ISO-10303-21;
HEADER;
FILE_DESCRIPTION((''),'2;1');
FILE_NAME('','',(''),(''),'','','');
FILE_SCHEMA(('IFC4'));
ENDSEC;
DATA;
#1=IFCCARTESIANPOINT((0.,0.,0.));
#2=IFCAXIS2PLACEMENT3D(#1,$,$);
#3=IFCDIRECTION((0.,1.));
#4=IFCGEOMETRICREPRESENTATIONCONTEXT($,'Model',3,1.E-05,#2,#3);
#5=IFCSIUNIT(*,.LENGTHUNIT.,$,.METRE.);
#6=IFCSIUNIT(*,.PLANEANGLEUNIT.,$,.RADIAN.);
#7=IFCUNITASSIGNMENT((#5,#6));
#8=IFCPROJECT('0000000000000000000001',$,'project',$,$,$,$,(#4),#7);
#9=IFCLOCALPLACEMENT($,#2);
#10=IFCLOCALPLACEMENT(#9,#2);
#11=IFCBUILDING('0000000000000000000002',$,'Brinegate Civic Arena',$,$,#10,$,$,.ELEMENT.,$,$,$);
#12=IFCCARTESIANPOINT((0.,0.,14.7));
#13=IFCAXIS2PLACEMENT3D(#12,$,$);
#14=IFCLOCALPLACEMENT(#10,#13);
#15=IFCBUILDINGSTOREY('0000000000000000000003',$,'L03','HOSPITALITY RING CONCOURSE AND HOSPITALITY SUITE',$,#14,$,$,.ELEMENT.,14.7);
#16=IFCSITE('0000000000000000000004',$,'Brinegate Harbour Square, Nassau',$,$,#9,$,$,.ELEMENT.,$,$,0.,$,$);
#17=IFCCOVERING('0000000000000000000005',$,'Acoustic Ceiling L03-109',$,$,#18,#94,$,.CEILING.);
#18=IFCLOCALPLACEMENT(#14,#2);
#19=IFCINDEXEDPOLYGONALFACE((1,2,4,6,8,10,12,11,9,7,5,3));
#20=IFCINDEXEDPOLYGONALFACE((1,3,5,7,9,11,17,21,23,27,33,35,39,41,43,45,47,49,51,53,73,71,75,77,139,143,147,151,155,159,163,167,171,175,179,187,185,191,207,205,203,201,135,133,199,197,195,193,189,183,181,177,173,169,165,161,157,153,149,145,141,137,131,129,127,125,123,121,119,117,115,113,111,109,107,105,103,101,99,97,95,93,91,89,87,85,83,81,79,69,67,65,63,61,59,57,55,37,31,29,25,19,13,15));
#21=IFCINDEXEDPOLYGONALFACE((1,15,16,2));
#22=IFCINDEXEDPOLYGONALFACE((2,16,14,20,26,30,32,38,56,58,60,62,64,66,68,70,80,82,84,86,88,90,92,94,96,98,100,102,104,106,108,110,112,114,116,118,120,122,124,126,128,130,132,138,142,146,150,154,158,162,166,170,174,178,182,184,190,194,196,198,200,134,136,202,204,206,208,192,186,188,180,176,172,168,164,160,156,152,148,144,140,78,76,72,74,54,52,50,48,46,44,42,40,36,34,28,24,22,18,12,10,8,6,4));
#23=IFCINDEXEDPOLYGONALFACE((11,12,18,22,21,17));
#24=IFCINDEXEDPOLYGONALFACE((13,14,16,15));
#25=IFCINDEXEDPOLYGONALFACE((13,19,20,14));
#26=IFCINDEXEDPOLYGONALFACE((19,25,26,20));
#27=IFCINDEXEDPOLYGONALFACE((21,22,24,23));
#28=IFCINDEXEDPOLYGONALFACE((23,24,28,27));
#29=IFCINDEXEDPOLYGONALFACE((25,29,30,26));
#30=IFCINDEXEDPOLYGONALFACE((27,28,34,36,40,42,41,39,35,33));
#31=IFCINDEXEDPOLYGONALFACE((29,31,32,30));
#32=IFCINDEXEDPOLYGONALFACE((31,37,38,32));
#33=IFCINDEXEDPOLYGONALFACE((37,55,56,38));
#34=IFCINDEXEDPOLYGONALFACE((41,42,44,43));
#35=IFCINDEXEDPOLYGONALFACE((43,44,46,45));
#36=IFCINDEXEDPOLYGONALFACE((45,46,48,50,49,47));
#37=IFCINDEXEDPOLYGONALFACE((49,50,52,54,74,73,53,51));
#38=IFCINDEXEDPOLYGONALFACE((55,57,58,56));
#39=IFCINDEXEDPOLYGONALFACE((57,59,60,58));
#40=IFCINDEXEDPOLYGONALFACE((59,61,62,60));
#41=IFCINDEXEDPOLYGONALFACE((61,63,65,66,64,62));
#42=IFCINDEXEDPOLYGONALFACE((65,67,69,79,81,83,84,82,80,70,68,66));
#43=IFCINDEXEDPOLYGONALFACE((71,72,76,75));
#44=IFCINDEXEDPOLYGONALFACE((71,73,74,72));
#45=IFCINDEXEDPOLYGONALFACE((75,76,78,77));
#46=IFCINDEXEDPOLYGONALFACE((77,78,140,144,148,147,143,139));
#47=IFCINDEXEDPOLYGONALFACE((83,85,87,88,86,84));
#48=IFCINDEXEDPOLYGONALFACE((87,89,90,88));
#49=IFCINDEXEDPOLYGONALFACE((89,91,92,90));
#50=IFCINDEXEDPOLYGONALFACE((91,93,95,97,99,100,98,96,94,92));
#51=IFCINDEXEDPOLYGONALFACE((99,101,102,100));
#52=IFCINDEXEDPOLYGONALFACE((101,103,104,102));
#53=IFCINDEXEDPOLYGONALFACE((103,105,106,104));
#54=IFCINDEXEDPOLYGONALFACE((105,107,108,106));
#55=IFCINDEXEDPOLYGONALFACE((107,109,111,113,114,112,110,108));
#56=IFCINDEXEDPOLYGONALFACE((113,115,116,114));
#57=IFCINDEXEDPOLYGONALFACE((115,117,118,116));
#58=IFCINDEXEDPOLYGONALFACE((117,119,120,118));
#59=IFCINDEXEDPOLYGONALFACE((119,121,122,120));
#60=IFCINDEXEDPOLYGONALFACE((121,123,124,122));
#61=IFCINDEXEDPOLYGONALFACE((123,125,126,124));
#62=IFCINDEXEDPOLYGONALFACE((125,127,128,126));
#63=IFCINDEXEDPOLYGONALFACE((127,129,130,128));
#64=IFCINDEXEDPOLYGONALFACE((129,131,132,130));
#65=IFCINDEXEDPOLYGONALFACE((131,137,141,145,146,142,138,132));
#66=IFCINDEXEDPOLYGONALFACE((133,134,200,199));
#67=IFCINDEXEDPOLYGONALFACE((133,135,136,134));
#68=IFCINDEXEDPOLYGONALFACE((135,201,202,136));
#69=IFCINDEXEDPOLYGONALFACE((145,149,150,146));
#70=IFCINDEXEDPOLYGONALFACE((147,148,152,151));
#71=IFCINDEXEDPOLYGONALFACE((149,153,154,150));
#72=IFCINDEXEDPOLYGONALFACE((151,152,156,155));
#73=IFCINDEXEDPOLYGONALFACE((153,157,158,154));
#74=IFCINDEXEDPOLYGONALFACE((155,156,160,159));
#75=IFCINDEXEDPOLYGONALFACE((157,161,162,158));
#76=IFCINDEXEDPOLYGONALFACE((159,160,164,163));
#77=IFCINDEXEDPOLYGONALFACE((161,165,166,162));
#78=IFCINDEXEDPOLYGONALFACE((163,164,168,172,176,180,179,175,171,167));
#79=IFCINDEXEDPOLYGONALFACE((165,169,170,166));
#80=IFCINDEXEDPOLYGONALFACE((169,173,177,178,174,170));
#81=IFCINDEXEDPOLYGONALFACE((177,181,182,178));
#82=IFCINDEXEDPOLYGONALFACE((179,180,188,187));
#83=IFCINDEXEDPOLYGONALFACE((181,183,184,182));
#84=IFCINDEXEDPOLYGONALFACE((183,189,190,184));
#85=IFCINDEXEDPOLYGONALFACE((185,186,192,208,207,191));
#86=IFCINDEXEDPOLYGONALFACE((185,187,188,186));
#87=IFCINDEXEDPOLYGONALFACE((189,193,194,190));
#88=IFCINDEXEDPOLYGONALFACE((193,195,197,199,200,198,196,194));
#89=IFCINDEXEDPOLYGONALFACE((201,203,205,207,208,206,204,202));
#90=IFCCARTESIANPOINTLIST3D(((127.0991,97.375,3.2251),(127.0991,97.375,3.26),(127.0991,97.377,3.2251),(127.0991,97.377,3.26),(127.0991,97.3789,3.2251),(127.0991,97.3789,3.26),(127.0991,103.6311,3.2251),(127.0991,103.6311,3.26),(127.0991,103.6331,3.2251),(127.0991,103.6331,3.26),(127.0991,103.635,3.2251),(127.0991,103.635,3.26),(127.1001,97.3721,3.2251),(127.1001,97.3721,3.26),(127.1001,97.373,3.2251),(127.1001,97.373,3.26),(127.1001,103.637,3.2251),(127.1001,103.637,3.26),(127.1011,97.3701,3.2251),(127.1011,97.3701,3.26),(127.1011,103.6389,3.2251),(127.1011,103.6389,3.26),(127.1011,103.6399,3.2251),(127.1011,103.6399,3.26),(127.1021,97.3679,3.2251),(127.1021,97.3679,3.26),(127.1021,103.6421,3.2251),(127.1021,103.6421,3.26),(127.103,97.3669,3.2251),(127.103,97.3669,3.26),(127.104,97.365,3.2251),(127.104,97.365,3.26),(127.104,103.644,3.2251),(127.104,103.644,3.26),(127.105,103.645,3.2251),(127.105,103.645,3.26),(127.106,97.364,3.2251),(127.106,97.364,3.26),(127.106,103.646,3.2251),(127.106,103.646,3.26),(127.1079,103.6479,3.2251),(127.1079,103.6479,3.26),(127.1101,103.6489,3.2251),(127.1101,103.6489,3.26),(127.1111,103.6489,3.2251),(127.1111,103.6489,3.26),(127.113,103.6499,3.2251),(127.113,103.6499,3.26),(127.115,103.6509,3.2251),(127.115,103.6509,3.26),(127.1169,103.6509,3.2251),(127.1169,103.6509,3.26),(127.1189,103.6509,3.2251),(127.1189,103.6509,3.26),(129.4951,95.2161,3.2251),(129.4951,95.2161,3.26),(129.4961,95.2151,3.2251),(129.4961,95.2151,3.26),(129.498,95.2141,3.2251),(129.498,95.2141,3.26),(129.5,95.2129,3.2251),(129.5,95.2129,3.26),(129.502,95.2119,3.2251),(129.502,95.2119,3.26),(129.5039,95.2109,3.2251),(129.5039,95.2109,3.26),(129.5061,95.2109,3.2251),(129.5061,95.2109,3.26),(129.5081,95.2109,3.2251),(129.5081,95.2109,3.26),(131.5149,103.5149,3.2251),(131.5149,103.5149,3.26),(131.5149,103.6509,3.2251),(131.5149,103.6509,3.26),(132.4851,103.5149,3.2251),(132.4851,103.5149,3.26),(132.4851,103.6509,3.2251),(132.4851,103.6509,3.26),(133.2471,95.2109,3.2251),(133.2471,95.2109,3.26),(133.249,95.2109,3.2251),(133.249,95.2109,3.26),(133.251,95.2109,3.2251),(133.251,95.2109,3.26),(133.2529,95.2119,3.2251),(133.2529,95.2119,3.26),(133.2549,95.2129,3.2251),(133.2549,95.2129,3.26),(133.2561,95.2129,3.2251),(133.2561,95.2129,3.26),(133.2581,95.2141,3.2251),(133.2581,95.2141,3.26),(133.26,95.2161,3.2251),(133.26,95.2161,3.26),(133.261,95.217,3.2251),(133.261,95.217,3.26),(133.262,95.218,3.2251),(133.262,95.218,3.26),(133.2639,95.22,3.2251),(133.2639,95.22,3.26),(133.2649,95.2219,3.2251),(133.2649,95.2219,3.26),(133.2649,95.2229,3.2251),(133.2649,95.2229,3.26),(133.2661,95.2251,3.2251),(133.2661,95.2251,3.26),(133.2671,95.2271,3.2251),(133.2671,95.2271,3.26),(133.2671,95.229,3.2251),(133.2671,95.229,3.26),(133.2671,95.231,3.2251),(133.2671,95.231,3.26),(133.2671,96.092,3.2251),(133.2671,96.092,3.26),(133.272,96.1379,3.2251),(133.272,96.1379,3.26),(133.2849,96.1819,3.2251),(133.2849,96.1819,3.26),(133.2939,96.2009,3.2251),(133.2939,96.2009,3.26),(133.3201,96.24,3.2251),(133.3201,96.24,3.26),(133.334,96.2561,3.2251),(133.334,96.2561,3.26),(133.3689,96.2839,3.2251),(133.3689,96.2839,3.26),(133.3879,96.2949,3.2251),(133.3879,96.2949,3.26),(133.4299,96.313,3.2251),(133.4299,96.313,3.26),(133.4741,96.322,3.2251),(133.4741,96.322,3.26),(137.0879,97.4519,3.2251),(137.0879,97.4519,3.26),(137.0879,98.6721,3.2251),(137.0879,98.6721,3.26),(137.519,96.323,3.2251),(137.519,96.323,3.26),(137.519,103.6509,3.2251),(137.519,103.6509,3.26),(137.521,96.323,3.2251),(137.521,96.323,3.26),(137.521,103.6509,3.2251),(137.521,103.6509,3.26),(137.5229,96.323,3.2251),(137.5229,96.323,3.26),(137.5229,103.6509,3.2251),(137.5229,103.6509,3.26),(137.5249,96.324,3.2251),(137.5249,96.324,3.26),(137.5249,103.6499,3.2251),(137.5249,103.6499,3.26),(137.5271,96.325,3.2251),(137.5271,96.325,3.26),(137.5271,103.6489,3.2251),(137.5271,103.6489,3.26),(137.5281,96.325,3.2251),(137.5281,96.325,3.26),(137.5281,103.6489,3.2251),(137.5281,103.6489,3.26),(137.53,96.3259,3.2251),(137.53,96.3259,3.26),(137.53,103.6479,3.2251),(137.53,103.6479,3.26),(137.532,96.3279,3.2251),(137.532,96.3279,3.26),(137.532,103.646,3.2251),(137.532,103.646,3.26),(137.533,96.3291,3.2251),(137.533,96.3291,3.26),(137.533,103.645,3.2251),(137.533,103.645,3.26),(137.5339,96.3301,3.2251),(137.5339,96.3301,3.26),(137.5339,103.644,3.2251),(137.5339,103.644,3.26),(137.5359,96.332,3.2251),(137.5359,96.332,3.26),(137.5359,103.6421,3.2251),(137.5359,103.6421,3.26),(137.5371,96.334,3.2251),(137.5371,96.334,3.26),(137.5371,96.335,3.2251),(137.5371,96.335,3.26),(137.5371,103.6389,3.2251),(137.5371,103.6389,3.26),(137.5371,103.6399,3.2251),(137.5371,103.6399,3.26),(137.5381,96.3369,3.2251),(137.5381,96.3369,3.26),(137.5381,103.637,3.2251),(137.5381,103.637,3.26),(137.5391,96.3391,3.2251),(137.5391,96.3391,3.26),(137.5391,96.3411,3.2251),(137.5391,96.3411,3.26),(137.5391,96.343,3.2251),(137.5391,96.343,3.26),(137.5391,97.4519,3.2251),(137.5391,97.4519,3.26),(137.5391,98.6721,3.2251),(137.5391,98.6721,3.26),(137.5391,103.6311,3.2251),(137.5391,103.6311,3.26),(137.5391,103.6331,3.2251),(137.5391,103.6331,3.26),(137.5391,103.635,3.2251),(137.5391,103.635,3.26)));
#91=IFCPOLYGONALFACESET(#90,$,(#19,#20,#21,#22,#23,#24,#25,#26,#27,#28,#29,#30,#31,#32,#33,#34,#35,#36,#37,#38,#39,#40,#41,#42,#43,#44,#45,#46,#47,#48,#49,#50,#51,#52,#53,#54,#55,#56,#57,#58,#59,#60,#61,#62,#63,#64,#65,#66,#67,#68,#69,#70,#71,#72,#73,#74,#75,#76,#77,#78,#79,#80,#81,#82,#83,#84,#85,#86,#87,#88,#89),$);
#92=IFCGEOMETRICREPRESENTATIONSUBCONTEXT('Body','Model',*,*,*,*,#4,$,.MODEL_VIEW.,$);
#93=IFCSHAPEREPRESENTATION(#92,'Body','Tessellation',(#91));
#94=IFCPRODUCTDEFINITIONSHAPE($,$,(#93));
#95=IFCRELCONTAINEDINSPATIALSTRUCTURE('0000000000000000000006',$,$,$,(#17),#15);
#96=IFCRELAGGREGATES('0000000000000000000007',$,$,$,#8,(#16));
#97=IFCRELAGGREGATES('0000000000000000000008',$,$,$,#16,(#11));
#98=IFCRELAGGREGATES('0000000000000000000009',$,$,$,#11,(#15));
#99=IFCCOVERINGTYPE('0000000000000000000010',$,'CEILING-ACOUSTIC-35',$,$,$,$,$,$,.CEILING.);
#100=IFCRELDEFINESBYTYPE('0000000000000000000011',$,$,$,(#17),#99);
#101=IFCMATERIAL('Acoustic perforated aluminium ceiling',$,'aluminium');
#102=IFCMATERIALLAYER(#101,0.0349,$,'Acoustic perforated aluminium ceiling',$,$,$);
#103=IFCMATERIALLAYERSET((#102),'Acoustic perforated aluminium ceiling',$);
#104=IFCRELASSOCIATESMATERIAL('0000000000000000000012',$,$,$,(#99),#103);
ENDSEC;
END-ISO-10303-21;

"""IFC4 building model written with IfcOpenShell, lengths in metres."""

from ifc_helpers import new_model, si_unit, direction, frame, origin, place, context, subcontext, project, spatial, polyline, outline, extrude, material, layer, layer_set, type_object, element, save


model = new_model("IFC4")

# Units and contexts
model_context = context("Model", 3, precision=1e-05, world=origin(), true_north=direction((0.0, 1.0)))
body_context = subcontext(model_context, "Body", "Model", "MODEL_VIEW")
ifc_project = project(units=[si_unit("LENGTHUNIT", "METRE"), si_unit("PLANEANGLEUNIT", "RADIAN")], contexts=[model_context])

# Site, building, storey
site_placement = place(None, origin())
site = spatial("IfcSite", under=ifc_project, at=site_placement, Name="Brinegate Harbour Square, Nassau", CompositionType="ELEMENT", RefElevation=0.0)
building_placement = place(site_placement, origin())
building = spatial("IfcBuilding", under=site, at=building_placement, Name="Brinegate Civic Arena", CompositionType="ELEMENT")
storey_placement = place(building_placement, frame((0.0, 0.0, 14.7)))
storey = spatial("IfcBuildingStorey", under=building, at=storey_placement, Name="L03", Description="HOSPITALITY RING CONCOURSE AND HOSPITALITY SUITE", CompositionType="ELEMENT", Elevation=14.7)

# Covering
ifc_material_1 = material(Name="Acoustic perforated aluminium ceiling", Category="aluminium")
ifc_layer_1 = layer(ifc_material_1, 0.0349, Name="Acoustic perforated aluminium ceiling")
ifc_layer_set_1 = layer_set([ifc_layer_1], Name="Acoustic perforated aluminium ceiling")
covering_type_1 = type_object("IfcCoveringType", Name="CEILING-ACOUSTIC-35", PredefinedType="CEILING", material=ifc_layer_set_1)
covering_1_placement = place(storey_placement, frame((0.0, 0.0, 3.2251)))
element("IfcCovering", 1, at=covering_1_placement, inside=storey, type_object=covering_type_1, Name="Acoustic Ceiling L03-109", PredefinedType="CEILING", context=body_context, shape_type="SweptSolid", body=[
    extrude(outline(polyline([(137.5229, 103.6509), (137.5249, 103.6499), (137.5271, 103.6489), (137.5281, 103.6489), (137.53, 103.6479), (137.532, 103.646), (137.533, 103.645), (137.5339, 103.644), (137.5359, 103.6421), (137.5371, 103.6399), (137.5371, 103.6389), (137.5381, 103.637), (137.5391, 103.635), (137.5391, 103.6331), (137.5391, 103.6311), (137.5391, 98.6721), (137.0879, 98.6721), (137.0879, 97.4519), (137.5391, 97.4519), (137.5391, 96.343), (137.5391, 96.3411), (137.5391, 96.3391), (137.5381, 96.3369), (137.5371, 96.335), (137.5371, 96.334), (137.5359, 96.332), (137.5339, 96.3301), (137.533, 96.3291), (137.532, 96.3279), (137.53, 96.3259), (137.5281, 96.325), (137.5271, 96.325), (137.5249, 96.324), (137.5229, 96.323), (137.521, 96.323), (137.519, 96.323), (133.4741, 96.322), (133.4299, 96.313), (133.3879, 96.2949), (133.3689, 96.2839), (133.334, 96.2561), (133.3201, 96.24), (133.2939, 96.2009), (133.2849, 96.1819), (133.272, 96.1379), (133.2671, 96.092), (133.2671, 95.231), (133.2671, 95.229), (133.2671, 95.2271), (133.2661, 95.2251), (133.2649, 95.2229), (133.2649, 95.2219), (133.2639, 95.22), (133.262, 95.218), (133.261, 95.217), (133.26, 95.2161), (133.2581, 95.2141), (133.2561, 95.2129), (133.2549, 95.2129), (133.2529, 95.2119), (133.251, 95.2109), (133.249, 95.2109), (133.2471, 95.2109), (129.5081, 95.2109), (129.5061, 95.2109), (129.5039, 95.2109), (129.502, 95.2119), (129.5, 95.2129), (129.498, 95.2141), (129.4961, 95.2151), (129.4951, 95.2161), (127.106, 97.364), (127.104, 97.365), (127.103, 97.3669), (127.1021, 97.3679), (127.1011, 97.3701), (127.1001, 97.3721), (127.1001, 97.373), (127.0991, 97.375), (127.0991, 97.377), (127.0991, 97.3789), (127.0991, 103.6311), (127.0991, 103.6331), (127.0991, 103.635), (127.1001, 103.637), (127.1011, 103.6389), (127.1011, 103.6399), (127.1021, 103.6421), (127.104, 103.644), (127.105, 103.645), (127.106, 103.646), (127.1079, 103.6479), (127.1101, 103.6489), (127.1111, 103.6489), (127.113, 103.6499), (127.115, 103.6509), (127.1169, 103.6509), (127.1189, 103.6509), (131.5149, 103.6509), (131.5149, 103.5149), (132.4851, 103.5149), (132.4851, 103.6509), (137.519, 103.6509), (137.521, 103.6509), (137.5229, 103.6509)])), origin(), (0.0, 0.0, 1.0), 0.0349),
])

save(model, "model.ifc")
